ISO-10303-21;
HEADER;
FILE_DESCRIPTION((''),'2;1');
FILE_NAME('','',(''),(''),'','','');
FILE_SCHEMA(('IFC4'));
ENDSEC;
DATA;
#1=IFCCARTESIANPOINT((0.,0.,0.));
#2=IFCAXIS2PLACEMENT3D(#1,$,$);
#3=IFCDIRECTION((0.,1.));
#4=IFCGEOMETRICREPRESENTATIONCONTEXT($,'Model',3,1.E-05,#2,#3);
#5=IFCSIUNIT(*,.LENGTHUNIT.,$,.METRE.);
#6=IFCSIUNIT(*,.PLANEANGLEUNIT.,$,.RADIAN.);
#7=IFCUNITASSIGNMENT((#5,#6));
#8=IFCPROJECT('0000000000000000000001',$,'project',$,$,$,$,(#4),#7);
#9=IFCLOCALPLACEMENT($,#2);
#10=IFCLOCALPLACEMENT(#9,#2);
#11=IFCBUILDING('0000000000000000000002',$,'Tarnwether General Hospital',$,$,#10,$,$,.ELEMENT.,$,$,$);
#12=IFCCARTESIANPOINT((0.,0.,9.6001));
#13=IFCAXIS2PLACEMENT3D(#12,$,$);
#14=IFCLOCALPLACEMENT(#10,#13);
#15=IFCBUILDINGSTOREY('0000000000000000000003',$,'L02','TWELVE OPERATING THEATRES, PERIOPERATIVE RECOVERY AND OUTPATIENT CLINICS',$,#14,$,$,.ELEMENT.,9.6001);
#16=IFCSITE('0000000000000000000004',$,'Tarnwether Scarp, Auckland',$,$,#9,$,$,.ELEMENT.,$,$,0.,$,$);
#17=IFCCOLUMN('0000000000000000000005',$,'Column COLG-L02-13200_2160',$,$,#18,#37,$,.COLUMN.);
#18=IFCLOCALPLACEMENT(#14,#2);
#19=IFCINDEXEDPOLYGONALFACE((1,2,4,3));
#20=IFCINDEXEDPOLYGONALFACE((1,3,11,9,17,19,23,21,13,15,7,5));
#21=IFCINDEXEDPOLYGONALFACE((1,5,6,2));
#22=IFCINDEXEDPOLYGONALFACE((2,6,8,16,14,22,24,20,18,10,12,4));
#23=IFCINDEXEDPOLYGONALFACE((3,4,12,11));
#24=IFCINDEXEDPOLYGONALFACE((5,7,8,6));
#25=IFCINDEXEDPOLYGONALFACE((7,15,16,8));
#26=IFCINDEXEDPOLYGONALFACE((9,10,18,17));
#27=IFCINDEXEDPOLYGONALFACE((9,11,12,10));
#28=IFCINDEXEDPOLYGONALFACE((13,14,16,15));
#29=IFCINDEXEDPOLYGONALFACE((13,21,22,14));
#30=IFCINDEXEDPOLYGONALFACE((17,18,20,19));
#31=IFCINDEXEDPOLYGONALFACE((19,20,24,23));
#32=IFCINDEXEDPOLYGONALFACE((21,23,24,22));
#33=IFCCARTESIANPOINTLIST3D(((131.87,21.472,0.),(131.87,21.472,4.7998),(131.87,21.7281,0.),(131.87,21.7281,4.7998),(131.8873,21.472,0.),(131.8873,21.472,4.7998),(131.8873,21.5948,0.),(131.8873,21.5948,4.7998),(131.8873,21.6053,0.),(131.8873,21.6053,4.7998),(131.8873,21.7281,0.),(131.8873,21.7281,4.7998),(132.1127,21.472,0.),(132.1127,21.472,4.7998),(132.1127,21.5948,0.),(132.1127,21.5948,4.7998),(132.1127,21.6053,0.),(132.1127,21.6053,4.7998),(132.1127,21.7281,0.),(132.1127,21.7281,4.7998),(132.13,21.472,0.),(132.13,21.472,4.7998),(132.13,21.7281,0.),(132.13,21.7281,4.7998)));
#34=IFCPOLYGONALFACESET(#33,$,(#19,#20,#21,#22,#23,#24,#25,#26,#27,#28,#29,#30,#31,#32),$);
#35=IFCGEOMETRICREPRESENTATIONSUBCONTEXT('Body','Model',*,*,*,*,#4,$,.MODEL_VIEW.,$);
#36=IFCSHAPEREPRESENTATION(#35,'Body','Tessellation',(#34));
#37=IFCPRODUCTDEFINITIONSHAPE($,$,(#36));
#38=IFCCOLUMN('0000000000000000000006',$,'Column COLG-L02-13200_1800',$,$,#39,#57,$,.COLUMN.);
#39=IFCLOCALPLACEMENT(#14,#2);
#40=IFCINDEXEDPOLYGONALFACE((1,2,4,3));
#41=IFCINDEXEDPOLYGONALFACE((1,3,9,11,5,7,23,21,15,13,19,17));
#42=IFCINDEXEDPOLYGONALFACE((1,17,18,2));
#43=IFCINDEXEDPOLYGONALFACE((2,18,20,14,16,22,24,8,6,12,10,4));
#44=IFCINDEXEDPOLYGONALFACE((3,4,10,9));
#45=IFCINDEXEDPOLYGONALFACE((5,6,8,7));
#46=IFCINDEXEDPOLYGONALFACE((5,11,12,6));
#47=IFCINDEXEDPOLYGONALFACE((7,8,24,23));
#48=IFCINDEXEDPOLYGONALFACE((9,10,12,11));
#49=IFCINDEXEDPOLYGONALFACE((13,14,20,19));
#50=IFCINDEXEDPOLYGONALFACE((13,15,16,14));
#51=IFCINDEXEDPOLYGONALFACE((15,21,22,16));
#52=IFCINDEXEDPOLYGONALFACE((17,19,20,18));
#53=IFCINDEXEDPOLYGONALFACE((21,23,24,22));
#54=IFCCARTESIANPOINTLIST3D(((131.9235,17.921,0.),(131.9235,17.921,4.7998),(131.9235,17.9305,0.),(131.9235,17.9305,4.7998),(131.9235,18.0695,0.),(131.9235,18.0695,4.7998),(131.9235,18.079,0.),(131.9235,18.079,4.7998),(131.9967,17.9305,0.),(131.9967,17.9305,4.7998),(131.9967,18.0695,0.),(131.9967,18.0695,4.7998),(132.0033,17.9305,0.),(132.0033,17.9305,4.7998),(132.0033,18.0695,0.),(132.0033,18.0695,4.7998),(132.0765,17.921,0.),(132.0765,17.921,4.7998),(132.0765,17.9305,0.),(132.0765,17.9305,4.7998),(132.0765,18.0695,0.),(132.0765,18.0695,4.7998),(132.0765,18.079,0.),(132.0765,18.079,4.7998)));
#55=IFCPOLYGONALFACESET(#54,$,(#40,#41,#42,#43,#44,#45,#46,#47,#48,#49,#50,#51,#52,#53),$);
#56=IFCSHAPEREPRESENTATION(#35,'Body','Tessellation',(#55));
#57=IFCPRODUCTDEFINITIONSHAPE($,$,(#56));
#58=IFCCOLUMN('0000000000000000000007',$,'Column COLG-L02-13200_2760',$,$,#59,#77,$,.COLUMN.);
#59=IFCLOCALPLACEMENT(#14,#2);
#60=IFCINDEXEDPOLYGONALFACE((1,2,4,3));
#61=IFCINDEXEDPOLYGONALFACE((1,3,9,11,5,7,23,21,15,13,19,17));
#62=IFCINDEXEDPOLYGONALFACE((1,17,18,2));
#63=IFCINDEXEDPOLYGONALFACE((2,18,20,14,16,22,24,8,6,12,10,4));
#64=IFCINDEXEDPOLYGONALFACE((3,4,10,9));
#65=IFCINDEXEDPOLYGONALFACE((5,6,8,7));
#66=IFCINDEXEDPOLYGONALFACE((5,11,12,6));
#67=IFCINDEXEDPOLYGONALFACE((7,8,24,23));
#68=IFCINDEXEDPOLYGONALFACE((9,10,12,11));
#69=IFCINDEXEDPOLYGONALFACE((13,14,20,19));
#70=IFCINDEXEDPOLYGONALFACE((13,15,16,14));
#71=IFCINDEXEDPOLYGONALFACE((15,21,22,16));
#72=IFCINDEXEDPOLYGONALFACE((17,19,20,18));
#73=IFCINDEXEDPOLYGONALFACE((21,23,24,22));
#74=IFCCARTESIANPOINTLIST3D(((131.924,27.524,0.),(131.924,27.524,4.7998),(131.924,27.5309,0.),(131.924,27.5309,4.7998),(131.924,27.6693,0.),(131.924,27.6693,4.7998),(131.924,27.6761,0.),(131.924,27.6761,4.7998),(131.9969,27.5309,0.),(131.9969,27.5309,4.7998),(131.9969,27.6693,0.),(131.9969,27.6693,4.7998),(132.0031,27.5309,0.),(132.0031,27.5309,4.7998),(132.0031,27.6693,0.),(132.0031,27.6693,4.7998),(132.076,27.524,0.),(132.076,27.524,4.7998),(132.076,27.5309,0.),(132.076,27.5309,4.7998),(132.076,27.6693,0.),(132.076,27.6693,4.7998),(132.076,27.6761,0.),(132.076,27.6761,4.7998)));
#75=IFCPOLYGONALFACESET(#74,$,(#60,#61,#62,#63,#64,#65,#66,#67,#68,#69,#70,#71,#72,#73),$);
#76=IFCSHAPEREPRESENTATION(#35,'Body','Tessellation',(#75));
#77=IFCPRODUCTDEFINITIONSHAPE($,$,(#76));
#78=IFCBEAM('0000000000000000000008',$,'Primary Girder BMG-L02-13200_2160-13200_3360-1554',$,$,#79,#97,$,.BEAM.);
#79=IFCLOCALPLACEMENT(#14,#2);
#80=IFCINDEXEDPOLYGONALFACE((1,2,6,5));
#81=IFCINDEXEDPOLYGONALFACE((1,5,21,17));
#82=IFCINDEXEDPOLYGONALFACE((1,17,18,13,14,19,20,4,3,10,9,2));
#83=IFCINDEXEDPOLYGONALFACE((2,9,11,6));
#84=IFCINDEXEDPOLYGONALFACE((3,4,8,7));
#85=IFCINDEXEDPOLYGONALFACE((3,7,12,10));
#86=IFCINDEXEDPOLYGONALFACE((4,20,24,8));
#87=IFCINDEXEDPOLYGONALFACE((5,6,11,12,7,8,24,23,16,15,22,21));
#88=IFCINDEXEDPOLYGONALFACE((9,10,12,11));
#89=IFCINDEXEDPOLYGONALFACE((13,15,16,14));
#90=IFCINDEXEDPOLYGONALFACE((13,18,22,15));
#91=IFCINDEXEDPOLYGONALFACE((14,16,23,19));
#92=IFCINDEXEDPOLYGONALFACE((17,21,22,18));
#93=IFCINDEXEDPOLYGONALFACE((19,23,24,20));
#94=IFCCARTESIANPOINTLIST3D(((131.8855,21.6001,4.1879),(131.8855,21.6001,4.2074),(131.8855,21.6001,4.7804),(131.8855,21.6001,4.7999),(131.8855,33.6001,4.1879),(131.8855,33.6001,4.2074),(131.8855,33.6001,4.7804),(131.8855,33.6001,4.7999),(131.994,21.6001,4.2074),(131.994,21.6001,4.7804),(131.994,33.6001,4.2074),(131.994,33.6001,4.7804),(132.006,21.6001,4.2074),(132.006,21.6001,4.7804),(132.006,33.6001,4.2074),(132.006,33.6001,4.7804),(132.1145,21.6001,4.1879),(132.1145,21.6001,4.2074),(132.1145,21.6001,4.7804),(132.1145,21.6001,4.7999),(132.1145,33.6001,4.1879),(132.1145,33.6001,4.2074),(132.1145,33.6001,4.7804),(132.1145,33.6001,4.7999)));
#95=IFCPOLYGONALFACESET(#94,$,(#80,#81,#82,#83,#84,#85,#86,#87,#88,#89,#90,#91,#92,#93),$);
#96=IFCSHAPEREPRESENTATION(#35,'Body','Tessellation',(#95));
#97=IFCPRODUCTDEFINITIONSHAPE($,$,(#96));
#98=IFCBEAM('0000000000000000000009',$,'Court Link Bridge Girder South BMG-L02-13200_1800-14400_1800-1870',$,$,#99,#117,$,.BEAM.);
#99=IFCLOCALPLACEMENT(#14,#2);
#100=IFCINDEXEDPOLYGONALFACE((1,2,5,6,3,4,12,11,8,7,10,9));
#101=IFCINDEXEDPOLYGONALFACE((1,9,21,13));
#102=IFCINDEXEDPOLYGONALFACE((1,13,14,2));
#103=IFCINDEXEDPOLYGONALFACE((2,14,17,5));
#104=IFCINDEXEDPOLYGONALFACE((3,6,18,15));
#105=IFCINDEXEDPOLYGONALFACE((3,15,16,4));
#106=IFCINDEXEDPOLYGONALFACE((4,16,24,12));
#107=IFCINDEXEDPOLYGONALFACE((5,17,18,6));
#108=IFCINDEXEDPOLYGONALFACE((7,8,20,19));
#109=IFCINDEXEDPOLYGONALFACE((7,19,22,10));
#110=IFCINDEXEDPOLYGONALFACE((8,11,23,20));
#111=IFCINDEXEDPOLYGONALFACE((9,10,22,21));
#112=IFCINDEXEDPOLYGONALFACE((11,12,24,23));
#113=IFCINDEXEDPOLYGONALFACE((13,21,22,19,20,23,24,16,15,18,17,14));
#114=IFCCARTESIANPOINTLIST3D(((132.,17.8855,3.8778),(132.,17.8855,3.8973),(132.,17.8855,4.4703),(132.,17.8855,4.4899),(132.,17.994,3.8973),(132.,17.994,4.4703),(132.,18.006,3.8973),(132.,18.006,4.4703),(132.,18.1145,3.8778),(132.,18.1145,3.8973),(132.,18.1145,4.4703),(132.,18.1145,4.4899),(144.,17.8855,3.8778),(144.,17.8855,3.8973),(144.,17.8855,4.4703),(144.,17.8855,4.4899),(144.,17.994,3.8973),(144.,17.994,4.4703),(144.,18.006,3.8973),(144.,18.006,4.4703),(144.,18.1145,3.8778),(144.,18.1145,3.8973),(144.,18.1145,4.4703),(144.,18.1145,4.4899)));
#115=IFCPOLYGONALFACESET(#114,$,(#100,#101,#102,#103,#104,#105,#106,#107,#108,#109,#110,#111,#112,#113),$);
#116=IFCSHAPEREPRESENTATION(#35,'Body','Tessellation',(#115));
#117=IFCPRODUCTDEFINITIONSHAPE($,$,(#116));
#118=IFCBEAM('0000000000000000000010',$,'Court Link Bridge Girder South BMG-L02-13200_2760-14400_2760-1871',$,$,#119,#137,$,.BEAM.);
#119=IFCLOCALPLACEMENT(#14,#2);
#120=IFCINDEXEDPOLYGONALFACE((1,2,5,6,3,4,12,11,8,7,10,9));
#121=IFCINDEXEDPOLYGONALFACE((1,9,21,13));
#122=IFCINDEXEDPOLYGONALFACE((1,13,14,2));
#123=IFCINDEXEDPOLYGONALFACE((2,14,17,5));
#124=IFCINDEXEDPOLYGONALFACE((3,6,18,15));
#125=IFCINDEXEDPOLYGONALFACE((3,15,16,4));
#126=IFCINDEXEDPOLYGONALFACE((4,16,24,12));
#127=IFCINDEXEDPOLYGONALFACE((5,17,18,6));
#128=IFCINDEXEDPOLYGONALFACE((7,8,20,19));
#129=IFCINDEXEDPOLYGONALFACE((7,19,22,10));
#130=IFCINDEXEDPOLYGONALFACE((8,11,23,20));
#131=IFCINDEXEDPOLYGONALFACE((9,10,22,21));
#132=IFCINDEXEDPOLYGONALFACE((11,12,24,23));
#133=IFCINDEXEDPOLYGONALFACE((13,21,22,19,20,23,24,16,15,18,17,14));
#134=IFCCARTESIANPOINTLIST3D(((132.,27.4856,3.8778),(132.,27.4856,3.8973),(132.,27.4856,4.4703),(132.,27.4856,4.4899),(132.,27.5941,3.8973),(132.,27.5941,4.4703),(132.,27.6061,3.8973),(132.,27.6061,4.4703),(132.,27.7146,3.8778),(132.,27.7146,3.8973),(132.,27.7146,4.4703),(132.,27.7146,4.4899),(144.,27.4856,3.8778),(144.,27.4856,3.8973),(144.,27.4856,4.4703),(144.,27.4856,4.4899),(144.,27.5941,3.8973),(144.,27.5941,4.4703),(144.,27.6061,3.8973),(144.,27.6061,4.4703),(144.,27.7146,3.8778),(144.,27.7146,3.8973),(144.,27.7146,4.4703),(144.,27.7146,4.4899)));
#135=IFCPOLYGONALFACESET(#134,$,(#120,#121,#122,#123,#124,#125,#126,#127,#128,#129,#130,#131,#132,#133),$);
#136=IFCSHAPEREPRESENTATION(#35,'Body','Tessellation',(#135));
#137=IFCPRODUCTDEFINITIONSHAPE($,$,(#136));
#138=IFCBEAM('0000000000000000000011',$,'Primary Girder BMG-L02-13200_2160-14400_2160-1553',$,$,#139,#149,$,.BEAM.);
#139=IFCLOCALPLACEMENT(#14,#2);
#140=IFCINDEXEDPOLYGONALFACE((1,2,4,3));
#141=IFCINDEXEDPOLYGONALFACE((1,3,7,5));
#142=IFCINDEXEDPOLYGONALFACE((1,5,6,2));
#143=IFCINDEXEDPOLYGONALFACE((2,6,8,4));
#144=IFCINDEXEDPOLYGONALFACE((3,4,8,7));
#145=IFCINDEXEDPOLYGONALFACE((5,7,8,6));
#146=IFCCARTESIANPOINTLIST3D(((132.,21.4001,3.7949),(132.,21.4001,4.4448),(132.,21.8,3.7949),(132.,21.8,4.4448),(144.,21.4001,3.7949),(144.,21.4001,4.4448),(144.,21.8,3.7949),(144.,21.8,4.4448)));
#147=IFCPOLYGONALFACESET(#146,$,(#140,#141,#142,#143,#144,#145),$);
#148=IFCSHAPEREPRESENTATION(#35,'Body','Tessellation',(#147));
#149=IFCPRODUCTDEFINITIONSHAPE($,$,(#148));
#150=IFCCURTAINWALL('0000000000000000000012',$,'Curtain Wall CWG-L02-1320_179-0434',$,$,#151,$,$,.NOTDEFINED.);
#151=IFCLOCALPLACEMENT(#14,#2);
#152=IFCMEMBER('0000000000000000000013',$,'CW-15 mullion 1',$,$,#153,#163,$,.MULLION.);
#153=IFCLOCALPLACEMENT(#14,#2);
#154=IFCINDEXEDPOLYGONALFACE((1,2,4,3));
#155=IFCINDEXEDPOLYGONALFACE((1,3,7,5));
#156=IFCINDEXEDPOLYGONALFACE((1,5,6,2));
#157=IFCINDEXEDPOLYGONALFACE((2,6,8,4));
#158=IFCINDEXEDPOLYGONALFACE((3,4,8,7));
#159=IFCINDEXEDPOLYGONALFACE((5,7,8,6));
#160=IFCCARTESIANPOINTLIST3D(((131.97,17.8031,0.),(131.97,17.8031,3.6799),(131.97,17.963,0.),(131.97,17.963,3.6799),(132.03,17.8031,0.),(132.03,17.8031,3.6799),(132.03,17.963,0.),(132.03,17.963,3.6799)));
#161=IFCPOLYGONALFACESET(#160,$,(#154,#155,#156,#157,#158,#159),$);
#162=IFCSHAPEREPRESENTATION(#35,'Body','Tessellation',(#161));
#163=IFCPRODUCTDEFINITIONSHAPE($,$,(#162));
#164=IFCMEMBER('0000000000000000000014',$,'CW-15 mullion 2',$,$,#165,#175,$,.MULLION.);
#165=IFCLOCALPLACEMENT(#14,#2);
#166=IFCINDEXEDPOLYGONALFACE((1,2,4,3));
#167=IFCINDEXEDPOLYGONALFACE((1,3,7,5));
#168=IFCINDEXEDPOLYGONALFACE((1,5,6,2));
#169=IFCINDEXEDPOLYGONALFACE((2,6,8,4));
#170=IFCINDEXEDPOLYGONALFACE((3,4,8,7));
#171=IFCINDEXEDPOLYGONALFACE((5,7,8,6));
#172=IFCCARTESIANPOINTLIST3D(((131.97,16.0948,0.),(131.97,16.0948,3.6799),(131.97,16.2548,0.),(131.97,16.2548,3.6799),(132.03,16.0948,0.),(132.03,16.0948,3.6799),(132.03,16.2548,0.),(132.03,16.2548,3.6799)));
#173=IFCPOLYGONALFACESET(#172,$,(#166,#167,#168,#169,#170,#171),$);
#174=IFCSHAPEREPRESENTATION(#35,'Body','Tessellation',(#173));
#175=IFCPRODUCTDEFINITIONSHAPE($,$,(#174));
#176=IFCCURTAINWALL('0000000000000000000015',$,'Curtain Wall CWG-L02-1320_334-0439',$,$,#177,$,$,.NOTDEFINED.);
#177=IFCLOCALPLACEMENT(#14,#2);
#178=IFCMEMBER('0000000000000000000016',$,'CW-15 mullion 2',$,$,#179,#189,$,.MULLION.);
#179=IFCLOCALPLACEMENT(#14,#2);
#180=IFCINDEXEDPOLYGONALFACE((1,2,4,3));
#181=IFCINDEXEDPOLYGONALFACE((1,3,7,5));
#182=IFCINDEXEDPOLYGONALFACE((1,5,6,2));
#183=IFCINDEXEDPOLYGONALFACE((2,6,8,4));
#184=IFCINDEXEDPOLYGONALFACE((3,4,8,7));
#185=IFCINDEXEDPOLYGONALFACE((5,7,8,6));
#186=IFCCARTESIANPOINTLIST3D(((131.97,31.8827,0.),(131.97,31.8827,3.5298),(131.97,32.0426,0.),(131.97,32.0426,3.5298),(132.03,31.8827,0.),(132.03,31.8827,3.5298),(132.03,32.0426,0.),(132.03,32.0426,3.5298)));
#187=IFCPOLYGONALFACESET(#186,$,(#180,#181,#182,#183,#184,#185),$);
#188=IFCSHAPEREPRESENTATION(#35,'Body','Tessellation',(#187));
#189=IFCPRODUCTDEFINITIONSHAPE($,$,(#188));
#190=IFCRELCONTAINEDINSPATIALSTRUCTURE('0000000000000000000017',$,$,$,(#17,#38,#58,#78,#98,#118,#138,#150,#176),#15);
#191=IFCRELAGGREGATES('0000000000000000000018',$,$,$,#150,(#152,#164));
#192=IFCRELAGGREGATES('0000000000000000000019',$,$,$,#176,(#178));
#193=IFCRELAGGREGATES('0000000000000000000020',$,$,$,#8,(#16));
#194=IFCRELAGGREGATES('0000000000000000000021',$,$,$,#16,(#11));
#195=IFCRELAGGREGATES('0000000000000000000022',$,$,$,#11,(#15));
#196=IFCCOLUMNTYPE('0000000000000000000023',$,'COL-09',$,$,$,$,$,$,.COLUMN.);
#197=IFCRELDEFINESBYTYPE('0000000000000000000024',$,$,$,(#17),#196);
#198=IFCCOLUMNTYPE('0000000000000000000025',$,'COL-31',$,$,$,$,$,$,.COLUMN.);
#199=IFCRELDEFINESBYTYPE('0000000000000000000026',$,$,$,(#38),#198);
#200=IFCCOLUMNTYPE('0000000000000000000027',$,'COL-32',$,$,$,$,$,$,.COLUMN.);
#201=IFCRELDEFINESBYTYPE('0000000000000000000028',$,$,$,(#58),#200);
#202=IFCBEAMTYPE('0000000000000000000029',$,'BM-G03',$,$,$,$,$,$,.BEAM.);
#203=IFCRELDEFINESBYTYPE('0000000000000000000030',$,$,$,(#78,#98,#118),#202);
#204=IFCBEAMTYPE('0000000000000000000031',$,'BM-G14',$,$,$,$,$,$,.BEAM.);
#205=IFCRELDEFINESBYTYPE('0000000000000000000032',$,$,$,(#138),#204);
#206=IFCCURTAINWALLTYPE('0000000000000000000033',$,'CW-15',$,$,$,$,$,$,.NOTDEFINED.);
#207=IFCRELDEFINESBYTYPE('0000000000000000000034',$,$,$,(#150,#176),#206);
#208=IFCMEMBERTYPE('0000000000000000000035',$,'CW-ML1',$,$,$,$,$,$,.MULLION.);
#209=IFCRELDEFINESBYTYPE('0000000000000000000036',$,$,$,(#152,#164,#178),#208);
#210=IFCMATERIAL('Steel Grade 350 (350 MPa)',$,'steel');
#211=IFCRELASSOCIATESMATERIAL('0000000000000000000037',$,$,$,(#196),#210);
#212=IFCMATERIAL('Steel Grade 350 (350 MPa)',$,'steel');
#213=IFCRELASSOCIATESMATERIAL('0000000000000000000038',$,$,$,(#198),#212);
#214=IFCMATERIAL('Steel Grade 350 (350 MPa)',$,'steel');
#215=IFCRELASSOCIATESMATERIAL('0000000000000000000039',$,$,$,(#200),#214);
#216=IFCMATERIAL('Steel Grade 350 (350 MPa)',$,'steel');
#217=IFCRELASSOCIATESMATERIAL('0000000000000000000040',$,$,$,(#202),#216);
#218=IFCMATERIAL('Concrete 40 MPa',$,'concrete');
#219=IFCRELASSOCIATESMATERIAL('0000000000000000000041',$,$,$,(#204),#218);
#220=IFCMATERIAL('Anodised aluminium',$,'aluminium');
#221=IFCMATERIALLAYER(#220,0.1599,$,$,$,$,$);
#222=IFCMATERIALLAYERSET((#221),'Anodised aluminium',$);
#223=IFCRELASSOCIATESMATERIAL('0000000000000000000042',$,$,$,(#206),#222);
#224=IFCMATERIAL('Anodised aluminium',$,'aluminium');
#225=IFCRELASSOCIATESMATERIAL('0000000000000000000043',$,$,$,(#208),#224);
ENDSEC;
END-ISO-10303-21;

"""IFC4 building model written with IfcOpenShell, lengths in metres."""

from ifc_helpers import new_model, si_unit, direction, frame, origin, origin_2d, place, context, subcontext, project, spatial, rectangle, i_section, extrude, material, layer, layer_set, material_profile, profile_set, type_object, element, aggregate, save


model = new_model("IFC4")

# Units and contexts
model_context = context("Model", 3, precision=1e-05, world=origin(), true_north=direction((0.0, 1.0)))
body_context = subcontext(model_context, "Body", "Model", "MODEL_VIEW")
ifc_project = project(units=[si_unit("LENGTHUNIT", "METRE"), si_unit("PLANEANGLEUNIT", "RADIAN")], contexts=[model_context])

# Site, building, storey
site_placement = place(None, origin())
site = spatial("IfcSite", under=ifc_project, at=site_placement, Name="Tarnwether Scarp, Auckland", CompositionType="ELEMENT", RefElevation=0.0)
building_placement = place(site_placement, origin())
building = spatial("IfcBuilding", under=site, at=building_placement, Name="Tarnwether General Hospital", CompositionType="ELEMENT")
storey_placement = place(building_placement, frame((0.0, 0.0, 9.6001)))
storey = spatial("IfcBuildingStorey", under=building, at=storey_placement, Name="L02", Description="TWELVE OPERATING THEATRES, PERIOPERATIVE RECOVERY AND OUTPATIENT CLINICS", CompositionType="ELEMENT", Elevation=9.6001)

# Columns
ifc_material_1 = material(Name="Steel Grade 350 (350 MPa)", Category="steel")
ifc_material_profile_1 = material_profile(ifc_material_1, i_section(OverallWidth=0.2561, OverallDepth=0.26, WebThickness=0.0105, FlangeThickness=0.0173, at=origin_2d()), Name="250UC89.5")
ifc_profile_set_1 = profile_set([ifc_material_profile_1], Name="Steel Grade 350 (350 MPa)")
column_type_1 = type_object("IfcColumnType", Name="COL-09", PredefinedType="COLUMN", material=ifc_profile_set_1)
column_1_placement = place(storey_placement, frame((132.0, 21.6001, 0.0), z_axis=(0.0, 0.0, 1.0), x_axis=(0.0, 1.0, 0.0)))
element("IfcColumn", 1, at=column_1_placement, inside=storey, type_object=column_type_1, Name="Column COLG-L02-13200_2160", PredefinedType="COLUMN", context=body_context, shape_type="SweptSolid", body=[
    extrude(i_section(OverallWidth=0.2561, OverallDepth=0.26, WebThickness=0.0105, FlangeThickness=0.0173, at=origin_2d()), origin(), (0.0, 0.0, 1.0), 4.7998),
])
ifc_material_2 = material(Name="Steel Grade 350 (350 MPa)", Category="steel")
ifc_material_profile_2 = material_profile(ifc_material_2, i_section(OverallWidth=0.1531, OverallDepth=0.158, WebThickness=0.0066, FlangeThickness=0.0095, at=origin_2d()), Name="150UC30.0")
ifc_profile_set_2 = profile_set([ifc_material_profile_2], Name="Steel Grade 350 (350 MPa)")
column_type_2 = type_object("IfcColumnType", Name="COL-31", PredefinedType="COLUMN", material=ifc_profile_set_2)
column_2_placement = place(storey_placement, frame((132.0, 18.0, 0.0), z_axis=(0.0, 0.0, 1.0), x_axis=(1.0, 0.0, 0.0)))
element("IfcColumn", 2, at=column_2_placement, inside=storey, type_object=column_type_2, Name="Column COLG-L02-13200_1800", PredefinedType="COLUMN", context=body_context, shape_type="SweptSolid", body=[
    extrude(i_section(OverallWidth=0.1531, OverallDepth=0.158, WebThickness=0.0066, FlangeThickness=0.0095, at=origin_2d()), origin(), (0.0, 0.0, 1.0), 4.7998),
])
ifc_material_3 = material(Name="Steel Grade 350 (350 MPa)", Category="steel")
ifc_material_profile_3 = material_profile(ifc_material_3, i_section(OverallWidth=0.1521, OverallDepth=0.1521, WebThickness=0.0061, FlangeThickness=0.0068, at=origin_2d()), Name="150UC23.4")
ifc_profile_set_3 = profile_set([ifc_material_profile_3], Name="Steel Grade 350 (350 MPa)")
column_type_3 = type_object("IfcColumnType", Name="COL-32", PredefinedType="COLUMN", material=ifc_profile_set_3)
column_3_placement = place(storey_placement, frame((132.0, 27.6001, 0.0), z_axis=(0.0, 0.0, 1.0), x_axis=(1.0, 0.0, 0.0)))
element("IfcColumn", 3, at=column_3_placement, inside=storey, type_object=column_type_3, Name="Column COLG-L02-13200_2760", PredefinedType="COLUMN", context=body_context, shape_type="SweptSolid", body=[
    extrude(i_section(OverallWidth=0.1521, OverallDepth=0.1521, WebThickness=0.0061, FlangeThickness=0.0068, at=origin_2d()), origin(), (0.0, 0.0, 1.0), 4.7998),
])

# Beams
ifc_material_4 = material(Name="Steel Grade 350 (350 MPa)", Category="steel")
ifc_material_profile_4 = material_profile(ifc_material_4, i_section(OverallWidth=0.229, OverallDepth=0.6121, WebThickness=0.012, FlangeThickness=0.0195, at=origin_2d()), Name="610UB125")
ifc_profile_set_4 = profile_set([ifc_material_profile_4], Name="Steel Grade 350 (350 MPa)")
beam_type_1 = type_object("IfcBeamType", Name="BM-G03", PredefinedType="BEAM", material=ifc_profile_set_4)
for number, where, z_axis, x_axis, name in (
    (4, (132.0, 21.6001, 4.4939), (0.0, 1.0, 0.0), (-1.0, 0.0, 0.0), "Primary Girder BMG-L02-13200_2160-13200_3360-1554"),
    (5, (132.0, 18.0, 4.1838), (1.0, 0.0, 0.0), (0.0, 1.0, 0.0), "Court Link Bridge Girder South BMG-L02-13200_1800-14400_1800-1870"),
    (6, (132.0, 27.6001, 4.1838), (1.0, 0.0, 0.0), (0.0, 1.0, 0.0), "Court Link Bridge Girder South BMG-L02-13200_2760-14400_2760-1871"),
):
    element("IfcBeam", number, at=place(storey_placement, frame(where, z_axis=z_axis, x_axis=x_axis)), inside=storey, type_object=beam_type_1, Name=name, PredefinedType="BEAM", context=body_context, shape_type="SweptSolid", body=[
        extrude(i_section(OverallWidth=0.229, OverallDepth=0.6121, WebThickness=0.012, FlangeThickness=0.0195, at=origin_2d()), origin(), (0.0, 0.0, 1.0), 12.0),
    ])
ifc_material_5 = material(Name="Concrete 40 MPa", Category="concrete")
ifc_material_profile_5 = material_profile(ifc_material_5, rectangle(XDim=0.3999, YDim=0.6499, at=origin_2d()), Name="RC-BM-400x650")
ifc_profile_set_5 = profile_set([ifc_material_profile_5], Name="Concrete 40 MPa")
beam_type_2 = type_object("IfcBeamType", Name="BM-G14", PredefinedType="BEAM", material=ifc_profile_set_5)
beam_placement = place(storey_placement, frame((132.0, 21.6001, 4.1199), z_axis=(1.0, 0.0, 0.0), x_axis=(0.0, 1.0, 0.0)))
element("IfcBeam", 7, at=beam_placement, inside=storey, type_object=beam_type_2, Name="Primary Girder BMG-L02-13200_2160-14400_2160-1553", PredefinedType="BEAM", context=body_context, shape_type="SweptSolid", body=[
    extrude(rectangle(XDim=0.3999, YDim=0.6499, at=origin_2d()), origin(), (0.0, 0.0, 1.0), 12.0),
])

# Curtain walls, members
ifc_material_6 = material(Name="Anodised aluminium", Category="aluminium")
ifc_layer_1 = layer(ifc_material_6, 0.1599)
ifc_layer_set_1 = layer_set([ifc_layer_1], Name="Anodised aluminium")
curtain_wall_type = type_object("IfcCurtainWallType", Name="CW-15", PredefinedType="NOTDEFINED", material=ifc_layer_set_1)
curtain_wall_1_placement = place(storey_placement, origin())
curtain_wall_1 = element("IfcCurtainWall", 8, at=curtain_wall_1_placement, inside=storey, type_object=curtain_wall_type, Name="Curtain Wall CWG-L02-1320_179-0434", PredefinedType="NOTDEFINED")
ifc_material_7 = material(Name="Anodised aluminium", Category="aluminium")
ifc_material_profile_6 = material_profile(ifc_material_7, rectangle(XDim=0.0601, YDim=0.1599, at=origin_2d()), Name="ALU-MUL-60x160")
ifc_profile_set_6 = profile_set([ifc_material_profile_6], Name="Anodised aluminium")
member_type_1 = type_object("IfcMemberType", Name="CW-ML1", PredefinedType="MULLION", material=ifc_profile_set_6)
member_1_placement = place(storey_placement, frame((132.0, 17.8831, 0.0), z_axis=(0.0, 0.0, 1.0), x_axis=(1.0, 0.0, 0.0)))
member_1 = element("IfcMember", 9, at=member_1_placement, type_object=member_type_1, Name="CW-15 mullion 1", PredefinedType="MULLION", context=body_context, shape_type="SweptSolid", body=[
    extrude(rectangle(XDim=0.0601, YDim=0.1599, at=origin_2d()), origin(), (0.0, 0.0, 1.0), 3.6799),
])
member_2_placement = place(storey_placement, frame((132.0, 16.1748, 0.0), z_axis=(0.0, 0.0, 1.0), x_axis=(1.0, 0.0, 0.0)))
member_2 = element("IfcMember", 10, at=member_2_placement, type_object=member_type_1, Name="CW-15 mullion 2", PredefinedType="MULLION", context=body_context, shape_type="SweptSolid", body=[
    extrude(rectangle(XDim=0.0601, YDim=0.1599, at=origin_2d()), origin(), (0.0, 0.0, 1.0), 3.6799),
])
curtain_wall_2_placement = place(storey_placement, origin())
curtain_wall_2 = element("IfcCurtainWall", 11, at=curtain_wall_2_placement, inside=storey, type_object=curtain_wall_type, Name="Curtain Wall CWG-L02-1320_334-0439", PredefinedType="NOTDEFINED")
member_3_placement = place(storey_placement, frame((132.0, 31.9626, 0.0), z_axis=(0.0, 0.0, 1.0), x_axis=(1.0, 0.0, 0.0)))
member_3 = element("IfcMember", 12, at=member_3_placement, type_object=member_type_1, Name="CW-15 mullion 2", PredefinedType="MULLION", context=body_context, shape_type="SweptSolid", body=[
    extrude(rectangle(XDim=0.0601, YDim=0.1599, at=origin_2d()), origin(), (0.0, 0.0, 1.0), 3.5298),
])

aggregate(curtain_wall_1, [member_1, member_2])
aggregate(curtain_wall_2, [member_3])

save(model, "model.ifc")
